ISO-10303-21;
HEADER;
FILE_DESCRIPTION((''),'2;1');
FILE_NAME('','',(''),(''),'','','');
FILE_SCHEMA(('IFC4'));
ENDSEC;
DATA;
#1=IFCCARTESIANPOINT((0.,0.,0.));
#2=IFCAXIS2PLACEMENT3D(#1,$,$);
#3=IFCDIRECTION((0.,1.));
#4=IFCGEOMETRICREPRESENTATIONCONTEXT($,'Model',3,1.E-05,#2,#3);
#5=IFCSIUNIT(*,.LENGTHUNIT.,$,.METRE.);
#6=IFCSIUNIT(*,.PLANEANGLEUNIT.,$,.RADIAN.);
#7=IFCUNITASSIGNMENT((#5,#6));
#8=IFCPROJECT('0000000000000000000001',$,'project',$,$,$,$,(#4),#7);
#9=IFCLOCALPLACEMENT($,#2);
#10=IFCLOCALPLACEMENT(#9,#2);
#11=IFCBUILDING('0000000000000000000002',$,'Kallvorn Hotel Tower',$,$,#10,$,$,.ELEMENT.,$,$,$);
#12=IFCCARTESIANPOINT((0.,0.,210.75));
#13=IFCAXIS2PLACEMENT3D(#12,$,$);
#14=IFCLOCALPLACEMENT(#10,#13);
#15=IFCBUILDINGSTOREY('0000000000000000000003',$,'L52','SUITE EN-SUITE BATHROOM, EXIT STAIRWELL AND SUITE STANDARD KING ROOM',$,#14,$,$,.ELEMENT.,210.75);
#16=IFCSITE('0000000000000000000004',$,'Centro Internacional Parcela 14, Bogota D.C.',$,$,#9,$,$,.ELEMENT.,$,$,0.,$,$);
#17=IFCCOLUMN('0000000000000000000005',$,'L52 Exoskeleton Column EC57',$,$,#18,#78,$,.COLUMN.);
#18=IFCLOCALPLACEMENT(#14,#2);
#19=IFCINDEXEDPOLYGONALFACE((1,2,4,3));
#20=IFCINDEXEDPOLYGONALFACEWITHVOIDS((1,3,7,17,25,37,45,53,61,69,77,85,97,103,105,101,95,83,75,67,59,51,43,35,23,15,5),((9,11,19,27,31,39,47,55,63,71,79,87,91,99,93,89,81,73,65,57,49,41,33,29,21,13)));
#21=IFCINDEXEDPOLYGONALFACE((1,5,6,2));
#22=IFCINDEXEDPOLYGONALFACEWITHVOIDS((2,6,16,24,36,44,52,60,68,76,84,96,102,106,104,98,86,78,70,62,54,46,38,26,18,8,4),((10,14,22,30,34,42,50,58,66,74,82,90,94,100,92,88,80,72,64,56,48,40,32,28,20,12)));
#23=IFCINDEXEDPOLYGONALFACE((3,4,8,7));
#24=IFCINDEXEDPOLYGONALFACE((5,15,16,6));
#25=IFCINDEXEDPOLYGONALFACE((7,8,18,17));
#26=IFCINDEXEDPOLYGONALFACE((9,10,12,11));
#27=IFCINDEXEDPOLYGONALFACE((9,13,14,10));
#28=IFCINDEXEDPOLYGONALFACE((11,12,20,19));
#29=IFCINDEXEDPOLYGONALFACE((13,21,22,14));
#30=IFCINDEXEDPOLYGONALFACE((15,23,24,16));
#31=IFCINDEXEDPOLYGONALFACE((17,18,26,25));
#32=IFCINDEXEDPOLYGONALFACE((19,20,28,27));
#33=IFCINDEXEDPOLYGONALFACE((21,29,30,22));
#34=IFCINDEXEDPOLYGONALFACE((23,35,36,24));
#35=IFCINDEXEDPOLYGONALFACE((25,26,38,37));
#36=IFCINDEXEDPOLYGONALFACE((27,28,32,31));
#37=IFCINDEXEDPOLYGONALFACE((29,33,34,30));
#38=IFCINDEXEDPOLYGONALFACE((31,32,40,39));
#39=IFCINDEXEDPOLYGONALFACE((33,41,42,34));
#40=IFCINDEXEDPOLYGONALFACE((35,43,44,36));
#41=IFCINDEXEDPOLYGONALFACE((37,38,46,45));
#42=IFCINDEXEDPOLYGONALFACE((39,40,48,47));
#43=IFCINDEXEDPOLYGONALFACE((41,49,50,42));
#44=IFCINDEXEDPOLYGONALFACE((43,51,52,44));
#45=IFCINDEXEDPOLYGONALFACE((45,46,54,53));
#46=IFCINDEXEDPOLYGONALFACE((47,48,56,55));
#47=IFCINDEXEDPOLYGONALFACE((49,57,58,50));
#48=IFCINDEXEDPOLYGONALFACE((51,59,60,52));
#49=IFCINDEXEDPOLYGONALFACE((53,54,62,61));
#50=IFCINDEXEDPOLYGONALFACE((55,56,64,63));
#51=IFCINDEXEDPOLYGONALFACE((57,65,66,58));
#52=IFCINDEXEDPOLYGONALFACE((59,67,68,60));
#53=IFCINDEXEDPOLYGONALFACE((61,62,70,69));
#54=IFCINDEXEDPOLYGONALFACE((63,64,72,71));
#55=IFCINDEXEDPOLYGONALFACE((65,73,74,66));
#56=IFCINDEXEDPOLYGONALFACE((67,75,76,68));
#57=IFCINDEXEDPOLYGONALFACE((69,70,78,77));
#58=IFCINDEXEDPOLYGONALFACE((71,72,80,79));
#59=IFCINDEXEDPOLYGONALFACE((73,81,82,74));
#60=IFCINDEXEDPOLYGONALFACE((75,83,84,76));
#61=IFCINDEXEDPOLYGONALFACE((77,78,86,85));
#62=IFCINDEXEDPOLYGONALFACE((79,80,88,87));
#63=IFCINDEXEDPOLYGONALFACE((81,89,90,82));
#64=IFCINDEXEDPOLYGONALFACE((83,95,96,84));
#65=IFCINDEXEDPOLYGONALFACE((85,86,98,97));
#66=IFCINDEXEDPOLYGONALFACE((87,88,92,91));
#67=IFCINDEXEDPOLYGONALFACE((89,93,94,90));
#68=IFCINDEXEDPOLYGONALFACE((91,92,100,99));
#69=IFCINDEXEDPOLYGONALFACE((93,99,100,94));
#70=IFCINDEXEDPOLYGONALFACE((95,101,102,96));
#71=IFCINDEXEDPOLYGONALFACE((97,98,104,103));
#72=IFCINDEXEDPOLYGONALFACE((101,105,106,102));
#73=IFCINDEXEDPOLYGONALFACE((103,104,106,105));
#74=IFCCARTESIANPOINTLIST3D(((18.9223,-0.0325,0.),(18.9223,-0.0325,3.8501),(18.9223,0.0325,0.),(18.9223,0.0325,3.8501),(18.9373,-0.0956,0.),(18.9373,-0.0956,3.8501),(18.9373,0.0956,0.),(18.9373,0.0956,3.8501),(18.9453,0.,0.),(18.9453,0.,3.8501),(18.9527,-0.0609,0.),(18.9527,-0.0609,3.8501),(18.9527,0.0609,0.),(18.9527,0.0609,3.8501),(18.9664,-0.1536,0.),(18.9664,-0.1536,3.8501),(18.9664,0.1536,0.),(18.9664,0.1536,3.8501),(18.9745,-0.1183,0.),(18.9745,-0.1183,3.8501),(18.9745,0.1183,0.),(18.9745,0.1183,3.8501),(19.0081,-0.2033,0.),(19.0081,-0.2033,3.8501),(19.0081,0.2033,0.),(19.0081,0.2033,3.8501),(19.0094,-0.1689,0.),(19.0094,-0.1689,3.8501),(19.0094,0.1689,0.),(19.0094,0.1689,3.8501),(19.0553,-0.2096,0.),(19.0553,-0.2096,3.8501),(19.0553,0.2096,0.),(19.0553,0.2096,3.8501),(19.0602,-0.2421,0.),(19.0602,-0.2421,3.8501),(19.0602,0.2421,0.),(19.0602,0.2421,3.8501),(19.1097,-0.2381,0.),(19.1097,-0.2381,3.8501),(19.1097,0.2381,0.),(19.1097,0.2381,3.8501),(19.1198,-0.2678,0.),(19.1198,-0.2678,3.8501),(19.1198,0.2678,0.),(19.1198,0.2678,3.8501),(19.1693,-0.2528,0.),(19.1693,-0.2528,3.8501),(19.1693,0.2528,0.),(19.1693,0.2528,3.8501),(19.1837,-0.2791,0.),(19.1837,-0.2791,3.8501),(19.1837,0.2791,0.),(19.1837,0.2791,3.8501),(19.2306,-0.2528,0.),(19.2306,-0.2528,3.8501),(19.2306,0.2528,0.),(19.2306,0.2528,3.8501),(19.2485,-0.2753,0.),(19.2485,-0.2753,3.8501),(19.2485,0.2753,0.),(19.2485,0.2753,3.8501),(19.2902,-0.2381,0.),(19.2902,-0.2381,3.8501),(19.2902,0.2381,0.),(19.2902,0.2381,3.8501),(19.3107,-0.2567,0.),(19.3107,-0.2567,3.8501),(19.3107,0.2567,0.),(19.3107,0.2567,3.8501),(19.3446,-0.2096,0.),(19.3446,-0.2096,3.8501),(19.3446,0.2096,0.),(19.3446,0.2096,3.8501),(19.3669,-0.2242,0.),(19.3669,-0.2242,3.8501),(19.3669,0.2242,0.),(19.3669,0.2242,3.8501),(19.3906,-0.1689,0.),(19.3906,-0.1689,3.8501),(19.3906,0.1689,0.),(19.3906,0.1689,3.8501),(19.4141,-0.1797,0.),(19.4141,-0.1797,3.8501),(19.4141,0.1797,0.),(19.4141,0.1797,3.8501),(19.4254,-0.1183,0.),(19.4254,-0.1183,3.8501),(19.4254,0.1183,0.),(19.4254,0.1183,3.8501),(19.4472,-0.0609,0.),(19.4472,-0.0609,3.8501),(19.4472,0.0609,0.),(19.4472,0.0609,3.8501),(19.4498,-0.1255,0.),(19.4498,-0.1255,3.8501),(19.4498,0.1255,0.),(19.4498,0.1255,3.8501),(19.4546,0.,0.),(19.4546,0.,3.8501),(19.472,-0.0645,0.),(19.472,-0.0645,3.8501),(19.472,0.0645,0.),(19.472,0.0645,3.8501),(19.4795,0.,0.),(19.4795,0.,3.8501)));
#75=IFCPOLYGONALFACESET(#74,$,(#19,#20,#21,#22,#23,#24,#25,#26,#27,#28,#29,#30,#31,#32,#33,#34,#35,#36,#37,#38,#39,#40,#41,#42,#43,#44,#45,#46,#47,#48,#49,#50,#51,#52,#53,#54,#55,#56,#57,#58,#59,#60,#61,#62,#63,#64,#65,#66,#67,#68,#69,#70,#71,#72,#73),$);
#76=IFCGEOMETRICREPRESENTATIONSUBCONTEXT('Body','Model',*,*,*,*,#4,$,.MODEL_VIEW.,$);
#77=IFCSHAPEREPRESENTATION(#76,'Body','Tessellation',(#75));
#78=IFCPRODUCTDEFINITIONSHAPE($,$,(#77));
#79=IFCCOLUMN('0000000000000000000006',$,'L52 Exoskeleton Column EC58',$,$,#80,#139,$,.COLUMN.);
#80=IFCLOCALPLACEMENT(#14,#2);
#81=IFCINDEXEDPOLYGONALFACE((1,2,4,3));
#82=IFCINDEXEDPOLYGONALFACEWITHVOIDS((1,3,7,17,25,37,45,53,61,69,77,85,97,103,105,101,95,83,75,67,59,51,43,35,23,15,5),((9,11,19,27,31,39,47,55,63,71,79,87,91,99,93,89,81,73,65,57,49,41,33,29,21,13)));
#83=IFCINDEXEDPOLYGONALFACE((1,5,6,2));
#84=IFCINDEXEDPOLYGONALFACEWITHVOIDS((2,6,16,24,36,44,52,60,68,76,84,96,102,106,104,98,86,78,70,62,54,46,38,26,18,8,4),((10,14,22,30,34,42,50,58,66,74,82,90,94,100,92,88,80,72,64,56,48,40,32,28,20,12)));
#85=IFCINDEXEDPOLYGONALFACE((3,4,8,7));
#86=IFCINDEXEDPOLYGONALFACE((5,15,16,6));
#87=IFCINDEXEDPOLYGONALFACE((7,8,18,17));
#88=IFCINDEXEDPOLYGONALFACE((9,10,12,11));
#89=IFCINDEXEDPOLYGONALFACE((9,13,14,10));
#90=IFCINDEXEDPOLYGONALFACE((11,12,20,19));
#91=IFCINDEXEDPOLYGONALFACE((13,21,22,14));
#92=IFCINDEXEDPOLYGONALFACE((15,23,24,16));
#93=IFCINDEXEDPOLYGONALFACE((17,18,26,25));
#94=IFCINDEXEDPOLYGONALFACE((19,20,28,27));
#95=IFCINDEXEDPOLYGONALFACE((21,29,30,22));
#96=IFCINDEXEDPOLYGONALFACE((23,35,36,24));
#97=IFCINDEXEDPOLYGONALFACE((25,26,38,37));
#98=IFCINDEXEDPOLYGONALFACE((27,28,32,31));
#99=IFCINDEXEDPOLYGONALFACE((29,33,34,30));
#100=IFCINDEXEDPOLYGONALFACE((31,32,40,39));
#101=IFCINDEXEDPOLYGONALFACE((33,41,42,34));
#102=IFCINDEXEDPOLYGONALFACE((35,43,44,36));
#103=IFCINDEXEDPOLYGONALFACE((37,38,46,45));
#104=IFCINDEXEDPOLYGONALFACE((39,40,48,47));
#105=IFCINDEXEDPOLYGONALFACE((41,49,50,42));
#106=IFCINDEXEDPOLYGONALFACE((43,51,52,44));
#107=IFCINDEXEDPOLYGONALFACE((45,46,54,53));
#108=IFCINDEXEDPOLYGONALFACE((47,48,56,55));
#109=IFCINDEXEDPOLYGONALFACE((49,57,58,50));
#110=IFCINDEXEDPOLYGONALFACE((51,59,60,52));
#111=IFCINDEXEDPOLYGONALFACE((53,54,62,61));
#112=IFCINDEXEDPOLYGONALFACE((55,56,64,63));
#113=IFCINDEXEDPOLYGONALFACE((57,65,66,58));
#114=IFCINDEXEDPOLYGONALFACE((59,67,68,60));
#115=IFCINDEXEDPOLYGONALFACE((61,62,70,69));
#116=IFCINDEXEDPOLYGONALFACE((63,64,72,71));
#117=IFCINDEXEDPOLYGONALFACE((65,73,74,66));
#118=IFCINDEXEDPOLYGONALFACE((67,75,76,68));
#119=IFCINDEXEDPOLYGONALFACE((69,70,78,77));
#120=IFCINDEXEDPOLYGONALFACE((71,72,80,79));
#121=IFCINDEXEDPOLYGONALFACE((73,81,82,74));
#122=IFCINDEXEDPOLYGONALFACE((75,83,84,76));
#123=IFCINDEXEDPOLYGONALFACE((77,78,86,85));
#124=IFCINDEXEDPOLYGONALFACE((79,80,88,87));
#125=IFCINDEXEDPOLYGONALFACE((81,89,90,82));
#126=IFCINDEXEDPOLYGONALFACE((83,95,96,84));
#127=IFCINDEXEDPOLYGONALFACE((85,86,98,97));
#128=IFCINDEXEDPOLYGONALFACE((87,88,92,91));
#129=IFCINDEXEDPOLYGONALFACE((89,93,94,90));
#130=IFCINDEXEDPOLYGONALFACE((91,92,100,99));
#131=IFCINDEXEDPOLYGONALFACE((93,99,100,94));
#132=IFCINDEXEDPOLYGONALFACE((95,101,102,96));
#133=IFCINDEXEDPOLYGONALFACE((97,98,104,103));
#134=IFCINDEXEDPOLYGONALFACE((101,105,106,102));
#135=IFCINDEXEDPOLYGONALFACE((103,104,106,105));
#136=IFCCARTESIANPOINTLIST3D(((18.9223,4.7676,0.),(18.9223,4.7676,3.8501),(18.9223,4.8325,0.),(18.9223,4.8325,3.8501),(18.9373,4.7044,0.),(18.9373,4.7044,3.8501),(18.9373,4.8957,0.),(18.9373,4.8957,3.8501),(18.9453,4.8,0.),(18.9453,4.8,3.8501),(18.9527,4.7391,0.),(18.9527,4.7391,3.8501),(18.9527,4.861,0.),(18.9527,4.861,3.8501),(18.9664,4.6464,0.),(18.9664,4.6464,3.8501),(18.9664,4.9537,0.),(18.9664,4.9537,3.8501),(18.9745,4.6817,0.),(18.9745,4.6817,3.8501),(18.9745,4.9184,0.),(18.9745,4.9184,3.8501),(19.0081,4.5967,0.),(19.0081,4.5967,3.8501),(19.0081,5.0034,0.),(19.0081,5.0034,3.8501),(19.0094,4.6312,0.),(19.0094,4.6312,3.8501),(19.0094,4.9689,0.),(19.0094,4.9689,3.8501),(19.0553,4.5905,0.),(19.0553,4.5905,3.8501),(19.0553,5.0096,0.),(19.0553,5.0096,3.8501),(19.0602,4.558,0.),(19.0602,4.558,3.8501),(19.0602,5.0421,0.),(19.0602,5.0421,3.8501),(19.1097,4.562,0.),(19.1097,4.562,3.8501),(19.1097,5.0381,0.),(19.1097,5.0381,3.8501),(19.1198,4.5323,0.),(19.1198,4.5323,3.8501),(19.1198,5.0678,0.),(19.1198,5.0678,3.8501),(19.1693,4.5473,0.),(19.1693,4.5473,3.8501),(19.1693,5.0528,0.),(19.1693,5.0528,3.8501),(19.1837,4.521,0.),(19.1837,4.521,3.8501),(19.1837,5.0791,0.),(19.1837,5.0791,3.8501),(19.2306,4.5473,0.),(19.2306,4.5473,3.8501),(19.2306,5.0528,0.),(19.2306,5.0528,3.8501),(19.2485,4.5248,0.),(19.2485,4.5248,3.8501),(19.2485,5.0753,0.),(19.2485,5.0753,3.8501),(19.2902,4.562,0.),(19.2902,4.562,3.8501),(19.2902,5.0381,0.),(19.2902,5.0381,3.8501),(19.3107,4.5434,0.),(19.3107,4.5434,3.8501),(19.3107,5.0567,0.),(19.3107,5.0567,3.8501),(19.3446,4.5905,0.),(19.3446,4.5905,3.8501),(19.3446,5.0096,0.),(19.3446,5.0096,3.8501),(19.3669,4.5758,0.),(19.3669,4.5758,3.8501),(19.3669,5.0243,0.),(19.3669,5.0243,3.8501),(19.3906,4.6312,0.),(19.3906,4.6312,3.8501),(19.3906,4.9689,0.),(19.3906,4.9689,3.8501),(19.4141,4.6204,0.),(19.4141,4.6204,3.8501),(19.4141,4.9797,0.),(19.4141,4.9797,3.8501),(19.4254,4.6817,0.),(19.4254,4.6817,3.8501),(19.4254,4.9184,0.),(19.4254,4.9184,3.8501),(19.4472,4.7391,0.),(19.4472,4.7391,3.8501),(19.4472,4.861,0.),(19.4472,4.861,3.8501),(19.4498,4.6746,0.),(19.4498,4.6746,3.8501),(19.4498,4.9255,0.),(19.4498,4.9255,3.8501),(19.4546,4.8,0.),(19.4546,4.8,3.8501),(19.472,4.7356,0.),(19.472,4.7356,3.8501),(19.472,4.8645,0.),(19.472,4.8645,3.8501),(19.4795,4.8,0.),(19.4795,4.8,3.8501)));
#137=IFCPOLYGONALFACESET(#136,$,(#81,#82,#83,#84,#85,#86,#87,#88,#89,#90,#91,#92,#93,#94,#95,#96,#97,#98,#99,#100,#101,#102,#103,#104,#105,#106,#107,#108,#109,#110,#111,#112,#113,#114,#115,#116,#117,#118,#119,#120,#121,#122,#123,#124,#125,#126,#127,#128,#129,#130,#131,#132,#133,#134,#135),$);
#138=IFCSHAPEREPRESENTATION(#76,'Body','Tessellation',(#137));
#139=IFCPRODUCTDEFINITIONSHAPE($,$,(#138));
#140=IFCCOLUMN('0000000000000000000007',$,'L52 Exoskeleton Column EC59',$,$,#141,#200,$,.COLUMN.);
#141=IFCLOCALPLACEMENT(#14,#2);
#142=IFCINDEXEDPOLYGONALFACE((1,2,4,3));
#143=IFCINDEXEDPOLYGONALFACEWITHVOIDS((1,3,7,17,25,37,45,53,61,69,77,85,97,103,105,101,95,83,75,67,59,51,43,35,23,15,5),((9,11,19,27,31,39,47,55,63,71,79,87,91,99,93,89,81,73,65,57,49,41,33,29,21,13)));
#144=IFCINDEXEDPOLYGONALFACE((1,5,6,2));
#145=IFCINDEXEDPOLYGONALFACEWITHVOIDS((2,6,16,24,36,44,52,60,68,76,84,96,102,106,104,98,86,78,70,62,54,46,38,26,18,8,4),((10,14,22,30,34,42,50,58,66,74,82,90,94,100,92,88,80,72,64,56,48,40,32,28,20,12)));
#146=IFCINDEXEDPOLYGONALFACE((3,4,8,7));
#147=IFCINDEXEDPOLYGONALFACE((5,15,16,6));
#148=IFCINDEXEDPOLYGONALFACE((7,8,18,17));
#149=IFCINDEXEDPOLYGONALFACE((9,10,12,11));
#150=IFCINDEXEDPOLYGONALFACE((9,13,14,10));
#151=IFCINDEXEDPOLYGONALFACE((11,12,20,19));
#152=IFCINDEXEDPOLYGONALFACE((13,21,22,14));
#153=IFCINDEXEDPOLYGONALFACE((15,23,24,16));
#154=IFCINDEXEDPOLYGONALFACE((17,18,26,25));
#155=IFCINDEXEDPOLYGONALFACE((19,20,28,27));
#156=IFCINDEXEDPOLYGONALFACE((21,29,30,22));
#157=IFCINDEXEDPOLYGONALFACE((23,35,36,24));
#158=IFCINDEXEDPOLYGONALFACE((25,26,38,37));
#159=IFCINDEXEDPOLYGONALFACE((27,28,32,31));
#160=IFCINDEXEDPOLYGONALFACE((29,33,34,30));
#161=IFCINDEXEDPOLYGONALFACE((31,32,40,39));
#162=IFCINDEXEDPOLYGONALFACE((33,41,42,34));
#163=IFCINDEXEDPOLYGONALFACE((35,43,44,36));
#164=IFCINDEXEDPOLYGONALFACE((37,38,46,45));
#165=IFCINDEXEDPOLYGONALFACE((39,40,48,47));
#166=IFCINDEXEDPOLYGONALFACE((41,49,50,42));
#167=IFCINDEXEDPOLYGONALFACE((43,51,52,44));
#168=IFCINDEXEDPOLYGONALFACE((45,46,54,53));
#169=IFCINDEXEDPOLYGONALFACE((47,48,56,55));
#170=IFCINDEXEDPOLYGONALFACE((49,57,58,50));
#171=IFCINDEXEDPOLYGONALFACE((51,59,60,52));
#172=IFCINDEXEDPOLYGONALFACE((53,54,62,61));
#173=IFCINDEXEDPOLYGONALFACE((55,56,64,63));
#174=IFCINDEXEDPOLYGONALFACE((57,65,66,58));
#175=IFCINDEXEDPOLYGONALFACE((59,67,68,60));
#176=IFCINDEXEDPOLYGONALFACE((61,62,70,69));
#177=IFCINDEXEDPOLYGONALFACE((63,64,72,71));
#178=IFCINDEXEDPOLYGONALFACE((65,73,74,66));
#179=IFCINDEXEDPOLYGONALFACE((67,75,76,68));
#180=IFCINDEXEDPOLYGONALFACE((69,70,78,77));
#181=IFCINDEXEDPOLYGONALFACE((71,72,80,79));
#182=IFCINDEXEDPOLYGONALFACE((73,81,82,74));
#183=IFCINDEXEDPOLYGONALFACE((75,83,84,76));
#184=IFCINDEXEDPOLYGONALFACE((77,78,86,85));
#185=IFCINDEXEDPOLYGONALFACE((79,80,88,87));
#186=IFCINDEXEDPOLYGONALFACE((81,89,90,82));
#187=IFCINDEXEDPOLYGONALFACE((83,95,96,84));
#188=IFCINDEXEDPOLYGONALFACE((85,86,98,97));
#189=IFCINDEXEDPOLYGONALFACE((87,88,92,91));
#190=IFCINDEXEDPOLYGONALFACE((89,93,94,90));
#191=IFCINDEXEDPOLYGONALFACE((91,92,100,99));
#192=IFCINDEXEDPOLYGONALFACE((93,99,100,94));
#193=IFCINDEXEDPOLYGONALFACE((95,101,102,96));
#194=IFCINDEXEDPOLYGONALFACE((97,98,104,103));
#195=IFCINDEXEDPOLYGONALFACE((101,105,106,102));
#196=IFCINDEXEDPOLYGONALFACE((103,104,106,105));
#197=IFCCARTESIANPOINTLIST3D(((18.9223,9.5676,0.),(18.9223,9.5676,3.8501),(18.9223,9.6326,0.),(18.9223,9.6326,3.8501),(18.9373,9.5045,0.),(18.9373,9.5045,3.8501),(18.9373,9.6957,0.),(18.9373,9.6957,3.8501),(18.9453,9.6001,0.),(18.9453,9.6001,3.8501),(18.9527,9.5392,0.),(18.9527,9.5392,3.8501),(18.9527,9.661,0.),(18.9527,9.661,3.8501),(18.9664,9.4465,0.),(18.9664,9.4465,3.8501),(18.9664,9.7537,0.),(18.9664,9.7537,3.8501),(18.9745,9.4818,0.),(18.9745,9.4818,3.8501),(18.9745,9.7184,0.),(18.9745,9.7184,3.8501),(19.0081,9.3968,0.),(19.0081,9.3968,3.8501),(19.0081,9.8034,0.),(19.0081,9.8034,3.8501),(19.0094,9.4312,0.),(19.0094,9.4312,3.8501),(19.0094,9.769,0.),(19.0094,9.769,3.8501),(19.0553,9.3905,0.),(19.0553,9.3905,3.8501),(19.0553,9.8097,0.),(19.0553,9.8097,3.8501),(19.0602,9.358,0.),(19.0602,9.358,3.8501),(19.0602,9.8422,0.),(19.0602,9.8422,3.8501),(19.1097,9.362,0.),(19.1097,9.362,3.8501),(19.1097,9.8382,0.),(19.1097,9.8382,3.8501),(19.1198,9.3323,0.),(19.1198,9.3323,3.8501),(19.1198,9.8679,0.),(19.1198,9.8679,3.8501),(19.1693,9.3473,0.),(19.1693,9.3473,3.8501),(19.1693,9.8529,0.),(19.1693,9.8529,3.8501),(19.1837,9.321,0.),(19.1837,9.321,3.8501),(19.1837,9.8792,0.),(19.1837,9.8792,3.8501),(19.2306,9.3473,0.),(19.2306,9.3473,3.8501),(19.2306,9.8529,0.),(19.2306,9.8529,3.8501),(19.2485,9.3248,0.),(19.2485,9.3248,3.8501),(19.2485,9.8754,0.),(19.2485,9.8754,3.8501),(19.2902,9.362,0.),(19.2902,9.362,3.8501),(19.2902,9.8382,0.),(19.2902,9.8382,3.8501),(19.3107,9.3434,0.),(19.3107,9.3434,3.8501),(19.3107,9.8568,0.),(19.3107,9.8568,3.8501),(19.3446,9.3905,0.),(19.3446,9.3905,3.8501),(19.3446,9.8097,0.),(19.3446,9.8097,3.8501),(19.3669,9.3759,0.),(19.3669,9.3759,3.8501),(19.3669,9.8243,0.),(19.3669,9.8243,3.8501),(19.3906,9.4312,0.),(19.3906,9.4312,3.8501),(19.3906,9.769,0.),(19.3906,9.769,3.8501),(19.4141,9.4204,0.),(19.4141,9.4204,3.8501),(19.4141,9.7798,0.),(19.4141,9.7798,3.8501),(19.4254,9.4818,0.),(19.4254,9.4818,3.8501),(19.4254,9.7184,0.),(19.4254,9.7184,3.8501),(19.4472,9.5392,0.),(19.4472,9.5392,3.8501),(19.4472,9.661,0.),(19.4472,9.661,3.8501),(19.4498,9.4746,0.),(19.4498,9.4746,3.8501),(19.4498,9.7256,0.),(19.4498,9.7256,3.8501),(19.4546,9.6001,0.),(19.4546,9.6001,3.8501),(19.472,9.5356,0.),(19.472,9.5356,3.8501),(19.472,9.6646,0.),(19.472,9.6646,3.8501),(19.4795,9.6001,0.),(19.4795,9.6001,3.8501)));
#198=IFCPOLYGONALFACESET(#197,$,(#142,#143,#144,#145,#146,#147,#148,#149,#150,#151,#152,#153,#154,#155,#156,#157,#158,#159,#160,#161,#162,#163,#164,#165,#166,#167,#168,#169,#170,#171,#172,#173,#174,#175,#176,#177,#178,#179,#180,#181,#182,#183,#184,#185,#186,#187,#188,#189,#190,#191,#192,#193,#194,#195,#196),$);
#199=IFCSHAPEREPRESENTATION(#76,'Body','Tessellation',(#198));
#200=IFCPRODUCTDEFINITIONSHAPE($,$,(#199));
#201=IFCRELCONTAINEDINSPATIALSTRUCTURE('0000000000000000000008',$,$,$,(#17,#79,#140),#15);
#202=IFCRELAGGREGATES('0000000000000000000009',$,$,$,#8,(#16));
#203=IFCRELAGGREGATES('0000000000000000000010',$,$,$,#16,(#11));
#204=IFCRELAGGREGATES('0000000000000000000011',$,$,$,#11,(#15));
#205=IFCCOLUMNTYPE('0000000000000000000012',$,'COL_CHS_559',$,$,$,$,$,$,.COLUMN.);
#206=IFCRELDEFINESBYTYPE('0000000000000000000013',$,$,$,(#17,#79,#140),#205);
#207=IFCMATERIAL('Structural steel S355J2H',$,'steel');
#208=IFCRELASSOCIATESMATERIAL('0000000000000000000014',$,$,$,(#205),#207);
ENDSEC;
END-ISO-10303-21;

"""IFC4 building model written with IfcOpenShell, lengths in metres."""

from ifc_helpers import new_model, si_unit, direction, frame, origin, origin_2d, place, context, subcontext, project, spatial, hollow_circle, extrude, material, material_profile, profile_set, type_object, element, save


model = new_model("IFC4")

# Units and contexts
model_context = context("Model", 3, precision=1e-05, world=origin(), true_north=direction((0.0, 1.0)))
body_context = subcontext(model_context, "Body", "Model", "MODEL_VIEW")
ifc_project = project(units=[si_unit("LENGTHUNIT", "METRE"), si_unit("PLANEANGLEUNIT", "RADIAN")], contexts=[model_context])

# Site, building, storey
site_placement = place(None, origin())
site = spatial("IfcSite", under=ifc_project, at=site_placement, Name="Centro Internacional Parcela 14, Bogota D.C.", CompositionType="ELEMENT", RefElevation=0.0)
building_placement = place(site_placement, origin())
building = spatial("IfcBuilding", under=site, at=building_placement, Name="Kallvorn Hotel Tower", CompositionType="ELEMENT")
storey_placement = place(building_placement, frame((0.0, 0.0, 210.75)))
storey = spatial("IfcBuildingStorey", under=building, at=storey_placement, Name="L52", Description="SUITE EN-SUITE BATHROOM, EXIT STAIRWELL AND SUITE STANDARD KING ROOM", CompositionType="ELEMENT", Elevation=210.75)

# Columns
ifc_material_1 = material(Name="Structural steel S355J2H", Category="steel")
ifc_material_profile_1 = material_profile(ifc_material_1, hollow_circle(Radius=0.2795, WallThickness=0.0249, at=origin_2d()), Name="CHS 559x25")
ifc_profile_set_1 = profile_set([ifc_material_profile_1], Name="Structural steel S355J2H")
column_type_1 = type_object("IfcColumnType", Name="COL_CHS_559", PredefinedType="COLUMN", material=ifc_profile_set_1)
for number, where, z_axis, x_axis, name in (
    (1, (19.2, 0.0, 0.0), (0.0, 0.0, 1.0), (1.0, 0.0, 0.0), "L52 Exoskeleton Column EC57"),
    (2, (19.2, 4.8, 0.0), (0.0, 0.0, 1.0), (1.0, 0.0, 0.0), "L52 Exoskeleton Column EC58"),
    (3, (19.2, 9.6001, 0.0), (0.0, 0.0, 1.0), (1.0, 0.0, 0.0), "L52 Exoskeleton Column EC59"),
):
    element("IfcColumn", number, at=place(storey_placement, frame(where, z_axis=z_axis, x_axis=x_axis)), inside=storey, type_object=column_type_1, Name=name, PredefinedType="COLUMN", context=body_context, shape_type="SweptSolid", body=[
        extrude(hollow_circle(Radius=0.2795, WallThickness=0.0249, at=origin_2d()), origin(), (0.0, 0.0, 1.0), 3.8501),
    ])

save(model, "model.ifc")
